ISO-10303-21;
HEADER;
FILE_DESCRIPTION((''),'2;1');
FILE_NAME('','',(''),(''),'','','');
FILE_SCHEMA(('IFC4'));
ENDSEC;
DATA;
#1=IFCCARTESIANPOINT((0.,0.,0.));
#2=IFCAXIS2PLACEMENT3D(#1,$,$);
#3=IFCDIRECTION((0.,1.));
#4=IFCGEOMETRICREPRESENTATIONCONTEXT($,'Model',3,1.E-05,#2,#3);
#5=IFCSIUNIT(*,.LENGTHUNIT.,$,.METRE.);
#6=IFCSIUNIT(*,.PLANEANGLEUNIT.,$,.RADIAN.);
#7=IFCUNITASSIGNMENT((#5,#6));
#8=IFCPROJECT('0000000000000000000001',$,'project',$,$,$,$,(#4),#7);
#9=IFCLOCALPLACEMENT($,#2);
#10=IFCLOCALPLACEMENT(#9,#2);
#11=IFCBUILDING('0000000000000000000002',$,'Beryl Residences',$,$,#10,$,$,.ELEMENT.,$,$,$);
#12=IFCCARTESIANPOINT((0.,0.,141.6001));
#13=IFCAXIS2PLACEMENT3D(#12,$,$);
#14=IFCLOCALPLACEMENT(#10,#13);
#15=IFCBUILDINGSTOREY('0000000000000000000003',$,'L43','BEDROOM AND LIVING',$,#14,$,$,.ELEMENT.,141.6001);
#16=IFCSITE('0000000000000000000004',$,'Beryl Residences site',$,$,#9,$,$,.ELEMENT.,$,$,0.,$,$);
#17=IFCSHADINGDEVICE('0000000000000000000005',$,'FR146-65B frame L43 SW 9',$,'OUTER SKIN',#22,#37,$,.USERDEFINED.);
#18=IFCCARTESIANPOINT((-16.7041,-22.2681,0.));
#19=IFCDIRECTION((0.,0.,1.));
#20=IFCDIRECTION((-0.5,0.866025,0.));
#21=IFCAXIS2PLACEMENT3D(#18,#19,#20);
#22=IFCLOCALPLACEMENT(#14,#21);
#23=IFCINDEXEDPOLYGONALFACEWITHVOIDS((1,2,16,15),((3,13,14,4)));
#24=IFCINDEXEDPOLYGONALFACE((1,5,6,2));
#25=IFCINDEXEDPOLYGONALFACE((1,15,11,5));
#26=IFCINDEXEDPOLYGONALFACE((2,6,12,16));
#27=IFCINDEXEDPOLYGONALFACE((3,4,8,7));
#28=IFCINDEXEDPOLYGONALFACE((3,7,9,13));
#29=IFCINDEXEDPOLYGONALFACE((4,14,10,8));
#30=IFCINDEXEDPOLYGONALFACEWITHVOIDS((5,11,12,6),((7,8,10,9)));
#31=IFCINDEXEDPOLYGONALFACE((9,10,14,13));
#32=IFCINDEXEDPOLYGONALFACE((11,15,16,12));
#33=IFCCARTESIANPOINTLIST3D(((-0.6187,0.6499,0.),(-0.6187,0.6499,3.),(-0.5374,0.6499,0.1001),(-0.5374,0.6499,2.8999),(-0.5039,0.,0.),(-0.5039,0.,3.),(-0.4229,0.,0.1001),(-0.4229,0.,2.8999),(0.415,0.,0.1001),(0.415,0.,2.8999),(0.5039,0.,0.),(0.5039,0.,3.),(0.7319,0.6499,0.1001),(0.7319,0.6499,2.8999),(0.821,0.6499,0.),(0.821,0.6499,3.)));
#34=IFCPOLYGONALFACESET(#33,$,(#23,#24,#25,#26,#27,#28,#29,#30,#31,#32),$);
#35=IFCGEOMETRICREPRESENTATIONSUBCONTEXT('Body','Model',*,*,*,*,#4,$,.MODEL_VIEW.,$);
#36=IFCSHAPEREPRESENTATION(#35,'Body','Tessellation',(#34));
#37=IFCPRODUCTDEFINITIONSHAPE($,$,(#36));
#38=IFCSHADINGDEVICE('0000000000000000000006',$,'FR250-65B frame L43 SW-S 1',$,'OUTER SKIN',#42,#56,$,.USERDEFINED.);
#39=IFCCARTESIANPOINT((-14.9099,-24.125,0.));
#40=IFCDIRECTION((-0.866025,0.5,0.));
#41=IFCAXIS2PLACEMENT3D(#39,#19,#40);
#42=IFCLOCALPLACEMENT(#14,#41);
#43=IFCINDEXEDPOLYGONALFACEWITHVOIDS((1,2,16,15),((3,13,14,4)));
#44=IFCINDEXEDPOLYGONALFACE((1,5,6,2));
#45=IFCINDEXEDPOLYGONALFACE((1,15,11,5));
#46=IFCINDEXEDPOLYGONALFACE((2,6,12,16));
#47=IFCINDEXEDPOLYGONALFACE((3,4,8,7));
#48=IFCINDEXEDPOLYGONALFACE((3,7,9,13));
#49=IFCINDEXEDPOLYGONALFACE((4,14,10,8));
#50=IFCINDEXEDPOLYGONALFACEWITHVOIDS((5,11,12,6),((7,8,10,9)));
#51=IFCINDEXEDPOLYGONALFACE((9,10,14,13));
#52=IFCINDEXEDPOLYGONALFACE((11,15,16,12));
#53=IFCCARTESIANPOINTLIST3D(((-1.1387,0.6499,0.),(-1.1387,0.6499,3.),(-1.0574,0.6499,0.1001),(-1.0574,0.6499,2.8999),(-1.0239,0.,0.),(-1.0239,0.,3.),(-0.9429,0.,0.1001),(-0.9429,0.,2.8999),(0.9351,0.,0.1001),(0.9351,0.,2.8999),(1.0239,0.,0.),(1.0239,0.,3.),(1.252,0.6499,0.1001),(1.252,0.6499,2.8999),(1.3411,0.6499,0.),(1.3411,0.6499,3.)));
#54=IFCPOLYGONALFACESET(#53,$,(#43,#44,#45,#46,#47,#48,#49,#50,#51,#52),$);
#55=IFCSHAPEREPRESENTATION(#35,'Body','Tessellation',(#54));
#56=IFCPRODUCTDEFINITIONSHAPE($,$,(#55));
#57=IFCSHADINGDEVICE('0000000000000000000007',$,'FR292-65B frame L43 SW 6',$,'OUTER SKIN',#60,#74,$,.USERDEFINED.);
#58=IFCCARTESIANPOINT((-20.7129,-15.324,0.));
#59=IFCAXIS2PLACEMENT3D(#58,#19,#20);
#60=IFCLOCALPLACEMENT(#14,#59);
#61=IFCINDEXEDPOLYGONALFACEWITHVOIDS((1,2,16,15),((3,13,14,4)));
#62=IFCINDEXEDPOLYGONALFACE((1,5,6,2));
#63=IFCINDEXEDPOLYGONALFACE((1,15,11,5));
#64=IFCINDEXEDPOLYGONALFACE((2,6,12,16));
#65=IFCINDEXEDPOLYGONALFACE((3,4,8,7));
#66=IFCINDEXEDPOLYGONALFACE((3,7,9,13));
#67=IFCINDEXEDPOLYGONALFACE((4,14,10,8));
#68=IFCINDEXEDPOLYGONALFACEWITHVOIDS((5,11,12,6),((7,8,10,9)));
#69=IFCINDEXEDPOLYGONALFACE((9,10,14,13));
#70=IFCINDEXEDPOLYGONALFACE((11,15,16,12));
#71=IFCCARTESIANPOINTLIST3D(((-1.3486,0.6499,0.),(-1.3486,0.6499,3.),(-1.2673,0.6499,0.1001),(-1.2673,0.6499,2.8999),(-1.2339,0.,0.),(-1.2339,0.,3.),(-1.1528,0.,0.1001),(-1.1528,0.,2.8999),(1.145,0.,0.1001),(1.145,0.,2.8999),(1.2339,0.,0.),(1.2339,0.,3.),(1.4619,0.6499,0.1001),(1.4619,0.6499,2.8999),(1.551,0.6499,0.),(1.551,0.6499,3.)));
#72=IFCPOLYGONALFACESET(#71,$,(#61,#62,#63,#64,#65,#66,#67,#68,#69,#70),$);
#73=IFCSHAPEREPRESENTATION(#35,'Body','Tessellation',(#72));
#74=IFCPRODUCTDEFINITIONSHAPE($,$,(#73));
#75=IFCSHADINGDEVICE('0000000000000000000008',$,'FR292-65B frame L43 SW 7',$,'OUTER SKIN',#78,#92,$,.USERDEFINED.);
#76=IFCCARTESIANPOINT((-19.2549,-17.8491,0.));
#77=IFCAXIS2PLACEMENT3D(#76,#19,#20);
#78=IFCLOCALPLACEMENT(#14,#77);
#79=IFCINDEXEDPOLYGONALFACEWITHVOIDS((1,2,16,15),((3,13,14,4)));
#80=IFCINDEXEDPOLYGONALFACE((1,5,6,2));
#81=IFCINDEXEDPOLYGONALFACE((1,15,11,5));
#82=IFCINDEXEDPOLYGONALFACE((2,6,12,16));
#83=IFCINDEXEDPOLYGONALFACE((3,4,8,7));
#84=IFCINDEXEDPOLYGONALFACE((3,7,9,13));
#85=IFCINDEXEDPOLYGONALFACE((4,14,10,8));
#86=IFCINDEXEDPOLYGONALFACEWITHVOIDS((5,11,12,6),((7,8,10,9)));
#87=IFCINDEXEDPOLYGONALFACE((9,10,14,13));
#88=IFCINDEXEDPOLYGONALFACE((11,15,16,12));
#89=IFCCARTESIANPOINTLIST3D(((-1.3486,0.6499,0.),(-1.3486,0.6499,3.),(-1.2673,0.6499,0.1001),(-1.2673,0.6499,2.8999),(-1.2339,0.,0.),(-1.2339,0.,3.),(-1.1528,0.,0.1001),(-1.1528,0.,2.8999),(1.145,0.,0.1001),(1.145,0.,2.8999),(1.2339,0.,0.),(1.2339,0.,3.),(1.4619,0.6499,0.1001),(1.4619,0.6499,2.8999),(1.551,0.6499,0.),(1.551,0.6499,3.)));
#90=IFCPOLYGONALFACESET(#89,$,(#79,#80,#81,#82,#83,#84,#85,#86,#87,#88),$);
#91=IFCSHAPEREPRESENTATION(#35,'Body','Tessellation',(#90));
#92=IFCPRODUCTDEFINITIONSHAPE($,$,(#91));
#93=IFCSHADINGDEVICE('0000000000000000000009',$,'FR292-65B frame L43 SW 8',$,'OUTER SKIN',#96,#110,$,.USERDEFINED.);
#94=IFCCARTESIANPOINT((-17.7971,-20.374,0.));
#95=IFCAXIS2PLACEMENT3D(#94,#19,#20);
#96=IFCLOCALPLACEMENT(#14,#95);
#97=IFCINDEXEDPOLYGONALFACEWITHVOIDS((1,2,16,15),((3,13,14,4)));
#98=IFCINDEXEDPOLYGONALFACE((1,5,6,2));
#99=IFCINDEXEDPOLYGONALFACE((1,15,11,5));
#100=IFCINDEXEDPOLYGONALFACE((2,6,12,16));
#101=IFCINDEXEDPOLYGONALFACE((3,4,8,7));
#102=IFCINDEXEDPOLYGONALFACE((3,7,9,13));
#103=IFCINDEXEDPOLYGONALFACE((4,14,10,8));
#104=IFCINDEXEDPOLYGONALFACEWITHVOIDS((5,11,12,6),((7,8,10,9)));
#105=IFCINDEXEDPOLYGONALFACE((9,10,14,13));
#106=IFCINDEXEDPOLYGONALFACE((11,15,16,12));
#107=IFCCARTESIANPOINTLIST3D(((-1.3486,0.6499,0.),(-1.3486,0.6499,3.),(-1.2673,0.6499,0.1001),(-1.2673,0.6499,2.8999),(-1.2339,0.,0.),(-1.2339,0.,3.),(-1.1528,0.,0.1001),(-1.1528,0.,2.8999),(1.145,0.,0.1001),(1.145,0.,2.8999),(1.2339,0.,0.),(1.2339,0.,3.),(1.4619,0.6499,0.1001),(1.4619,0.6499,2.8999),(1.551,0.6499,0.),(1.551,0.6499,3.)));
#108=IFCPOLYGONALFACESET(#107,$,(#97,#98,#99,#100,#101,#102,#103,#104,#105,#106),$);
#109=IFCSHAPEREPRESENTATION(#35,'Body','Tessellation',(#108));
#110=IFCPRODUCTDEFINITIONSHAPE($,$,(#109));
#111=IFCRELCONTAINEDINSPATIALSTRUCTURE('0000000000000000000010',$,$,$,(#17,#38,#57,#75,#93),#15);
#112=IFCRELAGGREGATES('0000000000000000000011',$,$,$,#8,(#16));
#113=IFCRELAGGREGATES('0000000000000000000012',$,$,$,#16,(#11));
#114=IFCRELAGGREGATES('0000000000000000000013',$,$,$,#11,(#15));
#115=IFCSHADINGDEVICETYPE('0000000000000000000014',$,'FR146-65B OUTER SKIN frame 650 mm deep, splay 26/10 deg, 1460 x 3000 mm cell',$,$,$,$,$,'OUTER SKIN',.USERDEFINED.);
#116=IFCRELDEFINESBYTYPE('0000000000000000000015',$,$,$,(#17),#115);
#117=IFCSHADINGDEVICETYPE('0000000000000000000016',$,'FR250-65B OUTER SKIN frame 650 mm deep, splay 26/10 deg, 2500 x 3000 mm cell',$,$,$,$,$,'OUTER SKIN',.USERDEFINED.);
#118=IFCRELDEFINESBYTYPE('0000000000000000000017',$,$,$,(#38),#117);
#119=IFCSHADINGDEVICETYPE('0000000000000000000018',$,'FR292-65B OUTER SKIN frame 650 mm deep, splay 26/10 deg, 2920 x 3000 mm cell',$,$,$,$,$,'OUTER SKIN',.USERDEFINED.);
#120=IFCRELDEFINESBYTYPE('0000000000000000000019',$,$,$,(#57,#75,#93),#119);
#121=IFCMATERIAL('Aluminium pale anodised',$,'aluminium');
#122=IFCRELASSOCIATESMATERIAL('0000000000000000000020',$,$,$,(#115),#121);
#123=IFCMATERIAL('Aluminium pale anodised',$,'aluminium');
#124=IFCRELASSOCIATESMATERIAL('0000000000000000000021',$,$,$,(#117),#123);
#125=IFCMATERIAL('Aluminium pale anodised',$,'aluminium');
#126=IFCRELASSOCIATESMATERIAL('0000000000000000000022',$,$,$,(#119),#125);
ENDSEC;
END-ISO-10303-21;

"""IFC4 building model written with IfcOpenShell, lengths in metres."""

from ifc_helpers import new_model, entity, si_unit, direction, frame, origin, place, context, subcontext, project, spatial, source, transform, mapped, material, type_object, type_shapes, element, save


model = new_model("IFC4")

# Units and contexts
model_context = context("Model", 3, precision=1e-05, world=origin(), true_north=direction((0.0, 1.0)))
body_context = subcontext(model_context, "Body", "Model", "MODEL_VIEW")
ifc_project = project(units=[si_unit("LENGTHUNIT", "METRE"), si_unit("PLANEANGLEUNIT", "RADIAN")], contexts=[model_context])

# Site, building, storey
site_placement = place(None, origin())
site = spatial("IfcSite", under=ifc_project, at=site_placement, Name="Beryl Residences site", CompositionType="ELEMENT", RefElevation=0.0)
building_placement = place(site_placement, origin())
building = spatial("IfcBuilding", under=site, at=building_placement, Name="Beryl Residences", CompositionType="ELEMENT")
storey_placement = place(building_placement, frame((0.0, 0.0, 141.6001)))
storey = spatial("IfcBuildingStorey", under=building, at=storey_placement, Name="L43", Description="BEDROOM AND LIVING", CompositionType="ELEMENT", Elevation=141.6001)

# Shading devices
ifc_material_1 = material(Name="Aluminium pale anodised", Category="aluminium")
shading_device_type_1 = type_object("IfcShadingDeviceType", Name="FR146-65B OUTER SKIN frame 650 mm deep, splay 26/10 deg, 1460 x 3000 mm cell", ElementType="OUTER SKIN", PredefinedType="USERDEFINED", material=ifc_material_1)
cartesian_point_1 = entity("IfcCartesianPoint", [-0.5039, 0.0])
cartesian_point_2 = entity("IfcCartesianPoint", [-0.415, 0.1001])
cartesian_point_3 = entity("IfcCartesianPoint", [-0.821, 0.0])
cartesian_point_4 = entity("IfcCartesianPoint", [-0.7319, 0.1001])
shared_shape_1 = source(origin(), body_context, "Body", "SweptSolid", [
    entity("IfcExtrudedAreaSolidTapered", entity("IfcArbitraryProfileDefWithVoids", "AREA", None, entity("IfcPolyline", [cartesian_point_1, entity("IfcCartesianPoint", [0.5039, 0.0]), entity("IfcCartesianPoint", [0.5039, 3.0]), entity("IfcCartesianPoint", [-0.5039, 3.0]), cartesian_point_1]), [entity("IfcPolyline", [cartesian_point_2, entity("IfcCartesianPoint", [0.4229, 0.1001]), entity("IfcCartesianPoint", [0.4229, 2.8999]), entity("IfcCartesianPoint", [-0.415, 2.8999]), cartesian_point_2])]), entity("IfcAxis2Placement3D", entity("IfcCartesianPoint", [0.0, 0.0, 0.0]), entity("IfcDirection", [0.0, 1.0, 0.0]), entity("IfcDirection", [-1.0, 0.0, 0.0])), entity("IfcDirection", [0.0, 0.0, 1.0]), 0.6499, entity("IfcArbitraryProfileDefWithVoids", "AREA", None, entity("IfcPolyline", [cartesian_point_3, entity("IfcCartesianPoint", [0.6187, 0.0]), entity("IfcCartesianPoint", [0.6187, 3.0]), entity("IfcCartesianPoint", [-0.821, 3.0]), cartesian_point_3]), [entity("IfcPolyline", [cartesian_point_4, entity("IfcCartesianPoint", [0.5374, 0.1001]), entity("IfcCartesianPoint", [0.5374, 2.8999]), entity("IfcCartesianPoint", [-0.7319, 2.8999]), cartesian_point_4])])),
])
type_shapes(shading_device_type_1, [shared_shape_1])
shading_device_1_placement = place(storey_placement, frame((-16.7041, -22.2681, 0.0), z_axis=(0.0, 0.0, 1.0), x_axis=(-0.5, 0.866025, 0.0)))
element("IfcShadingDevice", 1, at=shading_device_1_placement, inside=storey, type_object=shading_device_type_1, Name="FR146-65B frame L43 SW 9", ObjectType="OUTER SKIN", PredefinedType="USERDEFINED", context=body_context, shape_type="MappedRepresentation", body=[
    mapped(shared_shape_1, transform((0.0, 0.0, 0.0))),
])
ifc_material_2 = material(Name="Aluminium pale anodised", Category="aluminium")
shading_device_type_2 = type_object("IfcShadingDeviceType", Name="FR250-65B OUTER SKIN frame 650 mm deep, splay 26/10 deg, 2500 x 3000 mm cell", ElementType="OUTER SKIN", PredefinedType="USERDEFINED", material=ifc_material_2)
cartesian_point_5 = entity("IfcCartesianPoint", [-1.0239, 0.0])
cartesian_point_6 = entity("IfcCartesianPoint", [-0.9351, 0.1001])
cartesian_point_7 = entity("IfcCartesianPoint", [-1.3411, 0.0])
cartesian_point_8 = entity("IfcCartesianPoint", [-1.252, 0.1001])
shared_shape_2 = source(origin(), body_context, "Body", "SweptSolid", [
    entity("IfcExtrudedAreaSolidTapered", entity("IfcArbitraryProfileDefWithVoids", "AREA", None, entity("IfcPolyline", [cartesian_point_5, entity("IfcCartesianPoint", [1.0239, 0.0]), entity("IfcCartesianPoint", [1.0239, 3.0]), entity("IfcCartesianPoint", [-1.0239, 3.0]), cartesian_point_5]), [entity("IfcPolyline", [cartesian_point_6, entity("IfcCartesianPoint", [0.9429, 0.1001]), entity("IfcCartesianPoint", [0.9429, 2.8999]), entity("IfcCartesianPoint", [-0.9351, 2.8999]), cartesian_point_6])]), entity("IfcAxis2Placement3D", entity("IfcCartesianPoint", [0.0, 0.0, 0.0]), entity("IfcDirection", [0.0, 1.0, 0.0]), entity("IfcDirection", [-1.0, 0.0, 0.0])), entity("IfcDirection", [0.0, 0.0, 1.0]), 0.6499, entity("IfcArbitraryProfileDefWithVoids", "AREA", None, entity("IfcPolyline", [cartesian_point_7, entity("IfcCartesianPoint", [1.1387, 0.0]), entity("IfcCartesianPoint", [1.1387, 3.0]), entity("IfcCartesianPoint", [-1.3411, 3.0]), cartesian_point_7]), [entity("IfcPolyline", [cartesian_point_8, entity("IfcCartesianPoint", [1.0574, 0.1001]), entity("IfcCartesianPoint", [1.0574, 2.8999]), entity("IfcCartesianPoint", [-1.252, 2.8999]), cartesian_point_8])])),
])
type_shapes(shading_device_type_2, [shared_shape_2])
shading_device_2_placement = place(storey_placement, frame((-14.9099, -24.125, 0.0), z_axis=(0.0, 0.0, 1.0), x_axis=(-0.866025, 0.5, 0.0)))
element("IfcShadingDevice", 2, at=shading_device_2_placement, inside=storey, type_object=shading_device_type_2, Name="FR250-65B frame L43 SW-S 1", ObjectType="OUTER SKIN", PredefinedType="USERDEFINED", context=body_context, shape_type="MappedRepresentation", body=[
    mapped(shared_shape_2, transform((0.0, 0.0, 0.0))),
])
ifc_material_3 = material(Name="Aluminium pale anodised", Category="aluminium")
shading_device_type_3 = type_object("IfcShadingDeviceType", Name="FR292-65B OUTER SKIN frame 650 mm deep, splay 26/10 deg, 2920 x 3000 mm cell", ElementType="OUTER SKIN", PredefinedType="USERDEFINED", material=ifc_material_3)
cartesian_point_9 = entity("IfcCartesianPoint", [-1.2339, 0.0])
cartesian_point_10 = entity("IfcCartesianPoint", [-1.145, 0.1001])
cartesian_point_11 = entity("IfcCartesianPoint", [-1.551, 0.0])
cartesian_point_12 = entity("IfcCartesianPoint", [-1.4619, 0.1001])
shared_shape_3 = source(origin(), body_context, "Body", "SweptSolid", [
    entity("IfcExtrudedAreaSolidTapered", entity("IfcArbitraryProfileDefWithVoids", "AREA", None, entity("IfcPolyline", [cartesian_point_9, entity("IfcCartesianPoint", [1.2339, 0.0]), entity("IfcCartesianPoint", [1.2339, 3.0]), entity("IfcCartesianPoint", [-1.2339, 3.0]), cartesian_point_9]), [entity("IfcPolyline", [cartesian_point_10, entity("IfcCartesianPoint", [1.1528, 0.1001]), entity("IfcCartesianPoint", [1.1528, 2.8999]), entity("IfcCartesianPoint", [-1.145, 2.8999]), cartesian_point_10])]), entity("IfcAxis2Placement3D", entity("IfcCartesianPoint", [0.0, 0.0, 0.0]), entity("IfcDirection", [0.0, 1.0, 0.0]), entity("IfcDirection", [-1.0, 0.0, 0.0])), entity("IfcDirection", [0.0, 0.0, 1.0]), 0.6499, entity("IfcArbitraryProfileDefWithVoids", "AREA", None, entity("IfcPolyline", [cartesian_point_11, entity("IfcCartesianPoint", [1.3486, 0.0]), entity("IfcCartesianPoint", [1.3486, 3.0]), entity("IfcCartesianPoint", [-1.551, 3.0]), cartesian_point_11]), [entity("IfcPolyline", [cartesian_point_12, entity("IfcCartesianPoint", [1.2673, 0.1001]), entity("IfcCartesianPoint", [1.2673, 2.8999]), entity("IfcCartesianPoint", [-1.4619, 2.8999]), cartesian_point_12])])),
])
type_shapes(shading_device_type_3, [shared_shape_3])
for number, where, z_axis, x_axis, name in (
    (3, (-20.7129, -15.324, 0.0), (0.0, 0.0, 1.0), (-0.5, 0.866025, 0.0), "FR292-65B frame L43 SW 6"),
    (4, (-19.2549, -17.8491, 0.0), (0.0, 0.0, 1.0), (-0.5, 0.866025, 0.0), "FR292-65B frame L43 SW 7"),
    (5, (-17.7971, -20.374, 0.0), (0.0, 0.0, 1.0), (-0.5, 0.866025, 0.0), "FR292-65B frame L43 SW 8"),
):
    element("IfcShadingDevice", number, at=place(storey_placement, frame(where, z_axis=z_axis, x_axis=x_axis)), inside=storey, type_object=shading_device_type_3, Name=name, ObjectType="OUTER SKIN", PredefinedType="USERDEFINED", context=body_context, shape_type="MappedRepresentation", body=[
        mapped(shared_shape_3, transform((0.0, 0.0, 0.0))),
    ])

save(model, "model.ifc")
